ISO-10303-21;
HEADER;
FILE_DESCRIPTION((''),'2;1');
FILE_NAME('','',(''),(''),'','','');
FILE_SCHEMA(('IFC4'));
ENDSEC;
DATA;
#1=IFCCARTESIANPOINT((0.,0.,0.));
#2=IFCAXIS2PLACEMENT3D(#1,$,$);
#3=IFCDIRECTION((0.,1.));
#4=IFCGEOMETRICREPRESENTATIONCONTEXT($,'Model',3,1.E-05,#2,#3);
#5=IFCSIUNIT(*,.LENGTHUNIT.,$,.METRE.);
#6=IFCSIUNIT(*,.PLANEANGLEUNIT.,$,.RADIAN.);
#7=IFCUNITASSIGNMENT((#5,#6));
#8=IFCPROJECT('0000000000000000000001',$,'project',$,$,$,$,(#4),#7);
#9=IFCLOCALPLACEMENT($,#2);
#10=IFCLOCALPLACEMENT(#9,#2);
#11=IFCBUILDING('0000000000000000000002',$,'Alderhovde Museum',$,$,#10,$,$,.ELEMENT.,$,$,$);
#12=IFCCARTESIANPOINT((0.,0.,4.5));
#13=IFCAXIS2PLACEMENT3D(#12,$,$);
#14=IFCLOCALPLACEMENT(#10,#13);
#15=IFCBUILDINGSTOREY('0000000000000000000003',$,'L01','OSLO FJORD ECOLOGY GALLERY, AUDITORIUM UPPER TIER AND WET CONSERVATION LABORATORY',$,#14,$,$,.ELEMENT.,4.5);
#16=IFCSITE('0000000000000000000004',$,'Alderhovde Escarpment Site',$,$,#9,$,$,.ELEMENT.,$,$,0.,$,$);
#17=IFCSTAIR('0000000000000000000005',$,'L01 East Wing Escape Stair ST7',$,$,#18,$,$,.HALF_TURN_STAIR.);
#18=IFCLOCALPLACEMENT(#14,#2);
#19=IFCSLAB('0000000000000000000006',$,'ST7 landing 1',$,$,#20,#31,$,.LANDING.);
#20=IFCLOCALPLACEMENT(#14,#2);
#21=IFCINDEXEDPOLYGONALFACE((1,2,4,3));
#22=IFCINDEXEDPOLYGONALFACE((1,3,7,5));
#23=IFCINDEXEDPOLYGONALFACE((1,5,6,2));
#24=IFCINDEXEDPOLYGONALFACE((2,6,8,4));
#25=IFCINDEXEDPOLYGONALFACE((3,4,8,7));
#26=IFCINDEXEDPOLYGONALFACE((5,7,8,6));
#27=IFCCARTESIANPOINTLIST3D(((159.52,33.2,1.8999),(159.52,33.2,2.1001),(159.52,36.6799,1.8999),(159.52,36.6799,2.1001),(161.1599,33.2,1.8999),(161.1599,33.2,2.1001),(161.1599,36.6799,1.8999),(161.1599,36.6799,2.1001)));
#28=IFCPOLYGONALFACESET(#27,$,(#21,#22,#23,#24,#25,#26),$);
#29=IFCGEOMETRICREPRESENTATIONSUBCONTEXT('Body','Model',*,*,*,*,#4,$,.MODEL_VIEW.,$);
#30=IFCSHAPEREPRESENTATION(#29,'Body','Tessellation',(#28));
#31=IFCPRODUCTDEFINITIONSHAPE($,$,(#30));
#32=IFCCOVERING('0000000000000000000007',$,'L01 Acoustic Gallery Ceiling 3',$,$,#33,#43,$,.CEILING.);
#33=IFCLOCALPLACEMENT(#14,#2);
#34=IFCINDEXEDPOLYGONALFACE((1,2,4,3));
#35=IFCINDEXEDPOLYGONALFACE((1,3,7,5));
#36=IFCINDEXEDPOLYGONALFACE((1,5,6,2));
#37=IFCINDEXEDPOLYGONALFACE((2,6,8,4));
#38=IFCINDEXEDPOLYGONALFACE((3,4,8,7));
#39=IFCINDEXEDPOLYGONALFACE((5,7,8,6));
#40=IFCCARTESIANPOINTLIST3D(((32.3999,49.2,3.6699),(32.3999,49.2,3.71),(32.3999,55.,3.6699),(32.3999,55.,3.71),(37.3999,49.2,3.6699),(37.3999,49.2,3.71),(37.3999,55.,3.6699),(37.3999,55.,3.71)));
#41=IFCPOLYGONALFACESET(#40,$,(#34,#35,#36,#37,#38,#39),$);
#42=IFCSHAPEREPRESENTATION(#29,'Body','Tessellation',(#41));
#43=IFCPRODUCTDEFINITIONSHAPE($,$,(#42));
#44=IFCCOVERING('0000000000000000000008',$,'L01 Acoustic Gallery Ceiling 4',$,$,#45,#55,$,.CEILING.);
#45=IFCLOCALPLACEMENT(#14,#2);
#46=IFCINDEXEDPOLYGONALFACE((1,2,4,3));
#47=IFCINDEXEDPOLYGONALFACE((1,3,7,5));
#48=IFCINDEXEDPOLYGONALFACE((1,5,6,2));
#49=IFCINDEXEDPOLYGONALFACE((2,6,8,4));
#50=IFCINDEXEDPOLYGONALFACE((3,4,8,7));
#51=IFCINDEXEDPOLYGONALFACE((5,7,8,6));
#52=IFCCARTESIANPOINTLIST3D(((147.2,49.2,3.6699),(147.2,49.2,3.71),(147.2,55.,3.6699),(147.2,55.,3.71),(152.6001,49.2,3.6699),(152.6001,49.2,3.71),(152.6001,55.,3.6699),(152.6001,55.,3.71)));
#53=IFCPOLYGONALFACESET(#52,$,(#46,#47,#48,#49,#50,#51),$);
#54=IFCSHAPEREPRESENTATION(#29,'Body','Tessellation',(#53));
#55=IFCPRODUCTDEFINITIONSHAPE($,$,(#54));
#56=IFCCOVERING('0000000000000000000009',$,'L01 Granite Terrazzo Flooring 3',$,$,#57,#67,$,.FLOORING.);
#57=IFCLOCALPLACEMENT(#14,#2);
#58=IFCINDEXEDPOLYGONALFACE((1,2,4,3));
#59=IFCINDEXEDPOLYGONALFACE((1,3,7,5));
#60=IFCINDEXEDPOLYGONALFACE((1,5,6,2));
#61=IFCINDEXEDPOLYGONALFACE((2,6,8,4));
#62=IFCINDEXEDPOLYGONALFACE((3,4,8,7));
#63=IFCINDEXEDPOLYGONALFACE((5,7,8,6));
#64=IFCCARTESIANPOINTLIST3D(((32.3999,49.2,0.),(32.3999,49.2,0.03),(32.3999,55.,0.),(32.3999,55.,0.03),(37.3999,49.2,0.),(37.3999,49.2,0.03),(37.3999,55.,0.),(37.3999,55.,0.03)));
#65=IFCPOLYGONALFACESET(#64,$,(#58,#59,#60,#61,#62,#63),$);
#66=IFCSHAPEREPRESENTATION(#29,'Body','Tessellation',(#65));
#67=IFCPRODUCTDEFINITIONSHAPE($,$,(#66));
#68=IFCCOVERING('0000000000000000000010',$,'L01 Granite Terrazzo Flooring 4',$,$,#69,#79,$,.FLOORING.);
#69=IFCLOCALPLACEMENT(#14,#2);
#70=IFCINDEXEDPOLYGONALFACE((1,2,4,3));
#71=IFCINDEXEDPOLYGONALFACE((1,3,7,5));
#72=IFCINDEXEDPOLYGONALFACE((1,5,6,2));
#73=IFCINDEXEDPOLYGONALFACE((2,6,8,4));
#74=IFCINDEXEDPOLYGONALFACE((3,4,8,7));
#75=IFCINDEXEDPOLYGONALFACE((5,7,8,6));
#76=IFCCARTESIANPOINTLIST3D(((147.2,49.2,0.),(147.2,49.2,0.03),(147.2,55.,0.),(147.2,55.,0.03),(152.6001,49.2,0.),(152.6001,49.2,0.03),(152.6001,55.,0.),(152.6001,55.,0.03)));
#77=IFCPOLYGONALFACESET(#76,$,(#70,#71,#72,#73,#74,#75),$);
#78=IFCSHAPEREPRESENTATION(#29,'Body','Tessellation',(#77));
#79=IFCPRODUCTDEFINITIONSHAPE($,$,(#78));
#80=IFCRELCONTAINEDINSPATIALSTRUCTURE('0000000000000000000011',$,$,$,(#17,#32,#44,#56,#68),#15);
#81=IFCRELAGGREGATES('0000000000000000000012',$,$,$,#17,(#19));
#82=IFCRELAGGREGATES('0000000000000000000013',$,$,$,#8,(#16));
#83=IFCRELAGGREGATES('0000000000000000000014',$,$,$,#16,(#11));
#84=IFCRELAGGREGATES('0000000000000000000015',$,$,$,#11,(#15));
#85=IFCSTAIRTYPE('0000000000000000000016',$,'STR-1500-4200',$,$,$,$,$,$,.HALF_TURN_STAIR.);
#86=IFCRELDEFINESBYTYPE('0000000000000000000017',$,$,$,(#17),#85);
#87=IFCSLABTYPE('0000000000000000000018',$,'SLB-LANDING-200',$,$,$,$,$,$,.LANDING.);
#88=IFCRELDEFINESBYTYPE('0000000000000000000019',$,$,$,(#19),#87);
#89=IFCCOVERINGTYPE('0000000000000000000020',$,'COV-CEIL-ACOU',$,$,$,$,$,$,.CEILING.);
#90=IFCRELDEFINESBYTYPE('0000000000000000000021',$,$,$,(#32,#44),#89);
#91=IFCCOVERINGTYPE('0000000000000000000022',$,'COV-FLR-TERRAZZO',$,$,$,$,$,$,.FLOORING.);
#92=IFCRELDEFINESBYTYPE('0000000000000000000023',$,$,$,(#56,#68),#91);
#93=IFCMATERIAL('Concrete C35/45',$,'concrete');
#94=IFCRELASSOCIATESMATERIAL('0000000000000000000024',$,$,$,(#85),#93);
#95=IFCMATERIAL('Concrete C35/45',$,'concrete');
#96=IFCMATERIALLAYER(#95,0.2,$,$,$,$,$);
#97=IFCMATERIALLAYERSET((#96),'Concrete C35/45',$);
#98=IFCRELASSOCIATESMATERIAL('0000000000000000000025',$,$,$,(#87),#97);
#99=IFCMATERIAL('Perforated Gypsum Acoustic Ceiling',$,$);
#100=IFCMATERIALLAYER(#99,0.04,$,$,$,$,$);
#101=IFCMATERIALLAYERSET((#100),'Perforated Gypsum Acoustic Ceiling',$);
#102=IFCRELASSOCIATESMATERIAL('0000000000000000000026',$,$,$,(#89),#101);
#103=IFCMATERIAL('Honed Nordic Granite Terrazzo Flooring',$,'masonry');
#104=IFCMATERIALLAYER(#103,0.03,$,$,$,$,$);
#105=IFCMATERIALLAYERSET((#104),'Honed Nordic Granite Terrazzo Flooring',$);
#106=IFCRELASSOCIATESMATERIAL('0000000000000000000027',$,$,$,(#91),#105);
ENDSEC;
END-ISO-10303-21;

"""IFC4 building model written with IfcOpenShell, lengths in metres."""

from ifc_helpers import new_model, si_unit, direction, frame, origin, place, context, subcontext, project, spatial, polyline, outline, extrude, material, layer, layer_set, type_object, element, aggregate, save


model = new_model("IFC4")

# Units and contexts
model_context = context("Model", 3, precision=1e-05, world=origin(), true_north=direction((0.0, 1.0)))
body_context = subcontext(model_context, "Body", "Model", "MODEL_VIEW")
ifc_project = project(units=[si_unit("LENGTHUNIT", "METRE"), si_unit("PLANEANGLEUNIT", "RADIAN")], contexts=[model_context])

# Site, building, storey
site_placement = place(None, origin())
site = spatial("IfcSite", under=ifc_project, at=site_placement, Name="Alderhovde Escarpment Site", CompositionType="ELEMENT", RefElevation=0.0)
building_placement = place(site_placement, origin())
building = spatial("IfcBuilding", under=site, at=building_placement, Name="Alderhovde Museum", CompositionType="ELEMENT")
storey_placement = place(building_placement, frame((0.0, 0.0, 4.5)))
storey = spatial("IfcBuildingStorey", under=building, at=storey_placement, Name="L01", Description="OSLO FJORD ECOLOGY GALLERY, AUDITORIUM UPPER TIER AND WET CONSERVATION LABORATORY", CompositionType="ELEMENT", Elevation=4.5)

# Stair, slab
ifc_material_1 = material(Name="Concrete C35/45", Category="concrete")
stair_type = type_object("IfcStairType", Name="STR-1500-4200", PredefinedType="HALF_TURN_STAIR", material=ifc_material_1)
ifc_material_2 = material(Name="Concrete C35/45", Category="concrete")
ifc_layer_1 = layer(ifc_material_2, 0.2)
ifc_layer_set_1 = layer_set([ifc_layer_1], Name="Concrete C35/45")
slab_type_1 = type_object("IfcSlabType", Name="SLB-LANDING-200", PredefinedType="LANDING", material=ifc_layer_set_1)
stair_1_placement = place(storey_placement, origin())
stair_1 = element("IfcStair", 1, at=stair_1_placement, inside=storey, type_object=stair_type, Name="L01 East Wing Escape Stair ST7", PredefinedType="HALF_TURN_STAIR")
slab_1_placement = place(storey_placement, frame((0.0, 0.0, 1.8999)))
slab_1 = element("IfcSlab", 2, at=slab_1_placement, type_object=slab_type_1, Name="ST7 landing 1", PredefinedType="LANDING", context=body_context, shape_type="SweptSolid", body=[
    extrude(outline(polyline([(159.52, 33.2), (161.1599, 33.2), (161.1599, 36.6799), (159.52, 36.6799), (159.52, 33.2)])), origin(), (0.0, 0.0, 1.0), 0.2002),
])
aggregate(stair_1, [slab_1])

# Coverings
ifc_material_3 = material(Name="Perforated Gypsum Acoustic Ceiling")
ifc_layer_2 = layer(ifc_material_3, 0.04)
ifc_layer_set_2 = layer_set([ifc_layer_2], Name="Perforated Gypsum Acoustic Ceiling")
covering_type_1 = type_object("IfcCoveringType", Name="COV-CEIL-ACOU", PredefinedType="CEILING", material=ifc_layer_set_2)
covering_1_placement = place(storey_placement, frame((0.0, 0.0, 3.6699)))
element("IfcCovering", 3, at=covering_1_placement, inside=storey, type_object=covering_type_1, Name="L01 Acoustic Gallery Ceiling 3", PredefinedType="CEILING", context=body_context, shape_type="SweptSolid", body=[
    extrude(outline(polyline([(32.3999, 49.2), (37.3999, 49.2), (37.3999, 55.0), (32.3999, 55.0), (32.3999, 49.2)])), origin(), (0.0, 0.0, 1.0), 0.04),
])
covering_2_placement = place(storey_placement, frame((0.0, 0.0, 3.6699)))
element("IfcCovering", 4, at=covering_2_placement, inside=storey, type_object=covering_type_1, Name="L01 Acoustic Gallery Ceiling 4", PredefinedType="CEILING", context=body_context, shape_type="SweptSolid", body=[
    extrude(outline(polyline([(147.2, 49.2), (152.6001, 49.2), (152.6001, 55.0), (147.2, 55.0), (147.2, 49.2)])), origin(), (0.0, 0.0, 1.0), 0.04),
])
ifc_material_4 = material(Name="Honed Nordic Granite Terrazzo Flooring", Category="masonry")
ifc_layer_3 = layer(ifc_material_4, 0.03)
ifc_layer_set_3 = layer_set([ifc_layer_3], Name="Honed Nordic Granite Terrazzo Flooring")
covering_type_2 = type_object("IfcCoveringType", Name="COV-FLR-TERRAZZO", PredefinedType="FLOORING", material=ifc_layer_set_3)
covering_3_placement = place(storey_placement, origin())
element("IfcCovering", 5, at=covering_3_placement, inside=storey, type_object=covering_type_2, Name="L01 Granite Terrazzo Flooring 3", PredefinedType="FLOORING", context=body_context, shape_type="SweptSolid", body=[
    extrude(outline(polyline([(32.3999, 49.2), (37.3999, 49.2), (37.3999, 55.0), (32.3999, 55.0), (32.3999, 49.2)])), origin(), (0.0, 0.0, 1.0), 0.03),
])
covering_4_placement = place(storey_placement, origin())
element("IfcCovering", 6, at=covering_4_placement, inside=storey, type_object=covering_type_2, Name="L01 Granite Terrazzo Flooring 4", PredefinedType="FLOORING", context=body_context, shape_type="SweptSolid", body=[
    extrude(outline(polyline([(147.2, 49.2), (152.6001, 49.2), (152.6001, 55.0), (147.2, 55.0), (147.2, 49.2)])), origin(), (0.0, 0.0, 1.0), 0.03),
])

save(model, "model.ifc")
